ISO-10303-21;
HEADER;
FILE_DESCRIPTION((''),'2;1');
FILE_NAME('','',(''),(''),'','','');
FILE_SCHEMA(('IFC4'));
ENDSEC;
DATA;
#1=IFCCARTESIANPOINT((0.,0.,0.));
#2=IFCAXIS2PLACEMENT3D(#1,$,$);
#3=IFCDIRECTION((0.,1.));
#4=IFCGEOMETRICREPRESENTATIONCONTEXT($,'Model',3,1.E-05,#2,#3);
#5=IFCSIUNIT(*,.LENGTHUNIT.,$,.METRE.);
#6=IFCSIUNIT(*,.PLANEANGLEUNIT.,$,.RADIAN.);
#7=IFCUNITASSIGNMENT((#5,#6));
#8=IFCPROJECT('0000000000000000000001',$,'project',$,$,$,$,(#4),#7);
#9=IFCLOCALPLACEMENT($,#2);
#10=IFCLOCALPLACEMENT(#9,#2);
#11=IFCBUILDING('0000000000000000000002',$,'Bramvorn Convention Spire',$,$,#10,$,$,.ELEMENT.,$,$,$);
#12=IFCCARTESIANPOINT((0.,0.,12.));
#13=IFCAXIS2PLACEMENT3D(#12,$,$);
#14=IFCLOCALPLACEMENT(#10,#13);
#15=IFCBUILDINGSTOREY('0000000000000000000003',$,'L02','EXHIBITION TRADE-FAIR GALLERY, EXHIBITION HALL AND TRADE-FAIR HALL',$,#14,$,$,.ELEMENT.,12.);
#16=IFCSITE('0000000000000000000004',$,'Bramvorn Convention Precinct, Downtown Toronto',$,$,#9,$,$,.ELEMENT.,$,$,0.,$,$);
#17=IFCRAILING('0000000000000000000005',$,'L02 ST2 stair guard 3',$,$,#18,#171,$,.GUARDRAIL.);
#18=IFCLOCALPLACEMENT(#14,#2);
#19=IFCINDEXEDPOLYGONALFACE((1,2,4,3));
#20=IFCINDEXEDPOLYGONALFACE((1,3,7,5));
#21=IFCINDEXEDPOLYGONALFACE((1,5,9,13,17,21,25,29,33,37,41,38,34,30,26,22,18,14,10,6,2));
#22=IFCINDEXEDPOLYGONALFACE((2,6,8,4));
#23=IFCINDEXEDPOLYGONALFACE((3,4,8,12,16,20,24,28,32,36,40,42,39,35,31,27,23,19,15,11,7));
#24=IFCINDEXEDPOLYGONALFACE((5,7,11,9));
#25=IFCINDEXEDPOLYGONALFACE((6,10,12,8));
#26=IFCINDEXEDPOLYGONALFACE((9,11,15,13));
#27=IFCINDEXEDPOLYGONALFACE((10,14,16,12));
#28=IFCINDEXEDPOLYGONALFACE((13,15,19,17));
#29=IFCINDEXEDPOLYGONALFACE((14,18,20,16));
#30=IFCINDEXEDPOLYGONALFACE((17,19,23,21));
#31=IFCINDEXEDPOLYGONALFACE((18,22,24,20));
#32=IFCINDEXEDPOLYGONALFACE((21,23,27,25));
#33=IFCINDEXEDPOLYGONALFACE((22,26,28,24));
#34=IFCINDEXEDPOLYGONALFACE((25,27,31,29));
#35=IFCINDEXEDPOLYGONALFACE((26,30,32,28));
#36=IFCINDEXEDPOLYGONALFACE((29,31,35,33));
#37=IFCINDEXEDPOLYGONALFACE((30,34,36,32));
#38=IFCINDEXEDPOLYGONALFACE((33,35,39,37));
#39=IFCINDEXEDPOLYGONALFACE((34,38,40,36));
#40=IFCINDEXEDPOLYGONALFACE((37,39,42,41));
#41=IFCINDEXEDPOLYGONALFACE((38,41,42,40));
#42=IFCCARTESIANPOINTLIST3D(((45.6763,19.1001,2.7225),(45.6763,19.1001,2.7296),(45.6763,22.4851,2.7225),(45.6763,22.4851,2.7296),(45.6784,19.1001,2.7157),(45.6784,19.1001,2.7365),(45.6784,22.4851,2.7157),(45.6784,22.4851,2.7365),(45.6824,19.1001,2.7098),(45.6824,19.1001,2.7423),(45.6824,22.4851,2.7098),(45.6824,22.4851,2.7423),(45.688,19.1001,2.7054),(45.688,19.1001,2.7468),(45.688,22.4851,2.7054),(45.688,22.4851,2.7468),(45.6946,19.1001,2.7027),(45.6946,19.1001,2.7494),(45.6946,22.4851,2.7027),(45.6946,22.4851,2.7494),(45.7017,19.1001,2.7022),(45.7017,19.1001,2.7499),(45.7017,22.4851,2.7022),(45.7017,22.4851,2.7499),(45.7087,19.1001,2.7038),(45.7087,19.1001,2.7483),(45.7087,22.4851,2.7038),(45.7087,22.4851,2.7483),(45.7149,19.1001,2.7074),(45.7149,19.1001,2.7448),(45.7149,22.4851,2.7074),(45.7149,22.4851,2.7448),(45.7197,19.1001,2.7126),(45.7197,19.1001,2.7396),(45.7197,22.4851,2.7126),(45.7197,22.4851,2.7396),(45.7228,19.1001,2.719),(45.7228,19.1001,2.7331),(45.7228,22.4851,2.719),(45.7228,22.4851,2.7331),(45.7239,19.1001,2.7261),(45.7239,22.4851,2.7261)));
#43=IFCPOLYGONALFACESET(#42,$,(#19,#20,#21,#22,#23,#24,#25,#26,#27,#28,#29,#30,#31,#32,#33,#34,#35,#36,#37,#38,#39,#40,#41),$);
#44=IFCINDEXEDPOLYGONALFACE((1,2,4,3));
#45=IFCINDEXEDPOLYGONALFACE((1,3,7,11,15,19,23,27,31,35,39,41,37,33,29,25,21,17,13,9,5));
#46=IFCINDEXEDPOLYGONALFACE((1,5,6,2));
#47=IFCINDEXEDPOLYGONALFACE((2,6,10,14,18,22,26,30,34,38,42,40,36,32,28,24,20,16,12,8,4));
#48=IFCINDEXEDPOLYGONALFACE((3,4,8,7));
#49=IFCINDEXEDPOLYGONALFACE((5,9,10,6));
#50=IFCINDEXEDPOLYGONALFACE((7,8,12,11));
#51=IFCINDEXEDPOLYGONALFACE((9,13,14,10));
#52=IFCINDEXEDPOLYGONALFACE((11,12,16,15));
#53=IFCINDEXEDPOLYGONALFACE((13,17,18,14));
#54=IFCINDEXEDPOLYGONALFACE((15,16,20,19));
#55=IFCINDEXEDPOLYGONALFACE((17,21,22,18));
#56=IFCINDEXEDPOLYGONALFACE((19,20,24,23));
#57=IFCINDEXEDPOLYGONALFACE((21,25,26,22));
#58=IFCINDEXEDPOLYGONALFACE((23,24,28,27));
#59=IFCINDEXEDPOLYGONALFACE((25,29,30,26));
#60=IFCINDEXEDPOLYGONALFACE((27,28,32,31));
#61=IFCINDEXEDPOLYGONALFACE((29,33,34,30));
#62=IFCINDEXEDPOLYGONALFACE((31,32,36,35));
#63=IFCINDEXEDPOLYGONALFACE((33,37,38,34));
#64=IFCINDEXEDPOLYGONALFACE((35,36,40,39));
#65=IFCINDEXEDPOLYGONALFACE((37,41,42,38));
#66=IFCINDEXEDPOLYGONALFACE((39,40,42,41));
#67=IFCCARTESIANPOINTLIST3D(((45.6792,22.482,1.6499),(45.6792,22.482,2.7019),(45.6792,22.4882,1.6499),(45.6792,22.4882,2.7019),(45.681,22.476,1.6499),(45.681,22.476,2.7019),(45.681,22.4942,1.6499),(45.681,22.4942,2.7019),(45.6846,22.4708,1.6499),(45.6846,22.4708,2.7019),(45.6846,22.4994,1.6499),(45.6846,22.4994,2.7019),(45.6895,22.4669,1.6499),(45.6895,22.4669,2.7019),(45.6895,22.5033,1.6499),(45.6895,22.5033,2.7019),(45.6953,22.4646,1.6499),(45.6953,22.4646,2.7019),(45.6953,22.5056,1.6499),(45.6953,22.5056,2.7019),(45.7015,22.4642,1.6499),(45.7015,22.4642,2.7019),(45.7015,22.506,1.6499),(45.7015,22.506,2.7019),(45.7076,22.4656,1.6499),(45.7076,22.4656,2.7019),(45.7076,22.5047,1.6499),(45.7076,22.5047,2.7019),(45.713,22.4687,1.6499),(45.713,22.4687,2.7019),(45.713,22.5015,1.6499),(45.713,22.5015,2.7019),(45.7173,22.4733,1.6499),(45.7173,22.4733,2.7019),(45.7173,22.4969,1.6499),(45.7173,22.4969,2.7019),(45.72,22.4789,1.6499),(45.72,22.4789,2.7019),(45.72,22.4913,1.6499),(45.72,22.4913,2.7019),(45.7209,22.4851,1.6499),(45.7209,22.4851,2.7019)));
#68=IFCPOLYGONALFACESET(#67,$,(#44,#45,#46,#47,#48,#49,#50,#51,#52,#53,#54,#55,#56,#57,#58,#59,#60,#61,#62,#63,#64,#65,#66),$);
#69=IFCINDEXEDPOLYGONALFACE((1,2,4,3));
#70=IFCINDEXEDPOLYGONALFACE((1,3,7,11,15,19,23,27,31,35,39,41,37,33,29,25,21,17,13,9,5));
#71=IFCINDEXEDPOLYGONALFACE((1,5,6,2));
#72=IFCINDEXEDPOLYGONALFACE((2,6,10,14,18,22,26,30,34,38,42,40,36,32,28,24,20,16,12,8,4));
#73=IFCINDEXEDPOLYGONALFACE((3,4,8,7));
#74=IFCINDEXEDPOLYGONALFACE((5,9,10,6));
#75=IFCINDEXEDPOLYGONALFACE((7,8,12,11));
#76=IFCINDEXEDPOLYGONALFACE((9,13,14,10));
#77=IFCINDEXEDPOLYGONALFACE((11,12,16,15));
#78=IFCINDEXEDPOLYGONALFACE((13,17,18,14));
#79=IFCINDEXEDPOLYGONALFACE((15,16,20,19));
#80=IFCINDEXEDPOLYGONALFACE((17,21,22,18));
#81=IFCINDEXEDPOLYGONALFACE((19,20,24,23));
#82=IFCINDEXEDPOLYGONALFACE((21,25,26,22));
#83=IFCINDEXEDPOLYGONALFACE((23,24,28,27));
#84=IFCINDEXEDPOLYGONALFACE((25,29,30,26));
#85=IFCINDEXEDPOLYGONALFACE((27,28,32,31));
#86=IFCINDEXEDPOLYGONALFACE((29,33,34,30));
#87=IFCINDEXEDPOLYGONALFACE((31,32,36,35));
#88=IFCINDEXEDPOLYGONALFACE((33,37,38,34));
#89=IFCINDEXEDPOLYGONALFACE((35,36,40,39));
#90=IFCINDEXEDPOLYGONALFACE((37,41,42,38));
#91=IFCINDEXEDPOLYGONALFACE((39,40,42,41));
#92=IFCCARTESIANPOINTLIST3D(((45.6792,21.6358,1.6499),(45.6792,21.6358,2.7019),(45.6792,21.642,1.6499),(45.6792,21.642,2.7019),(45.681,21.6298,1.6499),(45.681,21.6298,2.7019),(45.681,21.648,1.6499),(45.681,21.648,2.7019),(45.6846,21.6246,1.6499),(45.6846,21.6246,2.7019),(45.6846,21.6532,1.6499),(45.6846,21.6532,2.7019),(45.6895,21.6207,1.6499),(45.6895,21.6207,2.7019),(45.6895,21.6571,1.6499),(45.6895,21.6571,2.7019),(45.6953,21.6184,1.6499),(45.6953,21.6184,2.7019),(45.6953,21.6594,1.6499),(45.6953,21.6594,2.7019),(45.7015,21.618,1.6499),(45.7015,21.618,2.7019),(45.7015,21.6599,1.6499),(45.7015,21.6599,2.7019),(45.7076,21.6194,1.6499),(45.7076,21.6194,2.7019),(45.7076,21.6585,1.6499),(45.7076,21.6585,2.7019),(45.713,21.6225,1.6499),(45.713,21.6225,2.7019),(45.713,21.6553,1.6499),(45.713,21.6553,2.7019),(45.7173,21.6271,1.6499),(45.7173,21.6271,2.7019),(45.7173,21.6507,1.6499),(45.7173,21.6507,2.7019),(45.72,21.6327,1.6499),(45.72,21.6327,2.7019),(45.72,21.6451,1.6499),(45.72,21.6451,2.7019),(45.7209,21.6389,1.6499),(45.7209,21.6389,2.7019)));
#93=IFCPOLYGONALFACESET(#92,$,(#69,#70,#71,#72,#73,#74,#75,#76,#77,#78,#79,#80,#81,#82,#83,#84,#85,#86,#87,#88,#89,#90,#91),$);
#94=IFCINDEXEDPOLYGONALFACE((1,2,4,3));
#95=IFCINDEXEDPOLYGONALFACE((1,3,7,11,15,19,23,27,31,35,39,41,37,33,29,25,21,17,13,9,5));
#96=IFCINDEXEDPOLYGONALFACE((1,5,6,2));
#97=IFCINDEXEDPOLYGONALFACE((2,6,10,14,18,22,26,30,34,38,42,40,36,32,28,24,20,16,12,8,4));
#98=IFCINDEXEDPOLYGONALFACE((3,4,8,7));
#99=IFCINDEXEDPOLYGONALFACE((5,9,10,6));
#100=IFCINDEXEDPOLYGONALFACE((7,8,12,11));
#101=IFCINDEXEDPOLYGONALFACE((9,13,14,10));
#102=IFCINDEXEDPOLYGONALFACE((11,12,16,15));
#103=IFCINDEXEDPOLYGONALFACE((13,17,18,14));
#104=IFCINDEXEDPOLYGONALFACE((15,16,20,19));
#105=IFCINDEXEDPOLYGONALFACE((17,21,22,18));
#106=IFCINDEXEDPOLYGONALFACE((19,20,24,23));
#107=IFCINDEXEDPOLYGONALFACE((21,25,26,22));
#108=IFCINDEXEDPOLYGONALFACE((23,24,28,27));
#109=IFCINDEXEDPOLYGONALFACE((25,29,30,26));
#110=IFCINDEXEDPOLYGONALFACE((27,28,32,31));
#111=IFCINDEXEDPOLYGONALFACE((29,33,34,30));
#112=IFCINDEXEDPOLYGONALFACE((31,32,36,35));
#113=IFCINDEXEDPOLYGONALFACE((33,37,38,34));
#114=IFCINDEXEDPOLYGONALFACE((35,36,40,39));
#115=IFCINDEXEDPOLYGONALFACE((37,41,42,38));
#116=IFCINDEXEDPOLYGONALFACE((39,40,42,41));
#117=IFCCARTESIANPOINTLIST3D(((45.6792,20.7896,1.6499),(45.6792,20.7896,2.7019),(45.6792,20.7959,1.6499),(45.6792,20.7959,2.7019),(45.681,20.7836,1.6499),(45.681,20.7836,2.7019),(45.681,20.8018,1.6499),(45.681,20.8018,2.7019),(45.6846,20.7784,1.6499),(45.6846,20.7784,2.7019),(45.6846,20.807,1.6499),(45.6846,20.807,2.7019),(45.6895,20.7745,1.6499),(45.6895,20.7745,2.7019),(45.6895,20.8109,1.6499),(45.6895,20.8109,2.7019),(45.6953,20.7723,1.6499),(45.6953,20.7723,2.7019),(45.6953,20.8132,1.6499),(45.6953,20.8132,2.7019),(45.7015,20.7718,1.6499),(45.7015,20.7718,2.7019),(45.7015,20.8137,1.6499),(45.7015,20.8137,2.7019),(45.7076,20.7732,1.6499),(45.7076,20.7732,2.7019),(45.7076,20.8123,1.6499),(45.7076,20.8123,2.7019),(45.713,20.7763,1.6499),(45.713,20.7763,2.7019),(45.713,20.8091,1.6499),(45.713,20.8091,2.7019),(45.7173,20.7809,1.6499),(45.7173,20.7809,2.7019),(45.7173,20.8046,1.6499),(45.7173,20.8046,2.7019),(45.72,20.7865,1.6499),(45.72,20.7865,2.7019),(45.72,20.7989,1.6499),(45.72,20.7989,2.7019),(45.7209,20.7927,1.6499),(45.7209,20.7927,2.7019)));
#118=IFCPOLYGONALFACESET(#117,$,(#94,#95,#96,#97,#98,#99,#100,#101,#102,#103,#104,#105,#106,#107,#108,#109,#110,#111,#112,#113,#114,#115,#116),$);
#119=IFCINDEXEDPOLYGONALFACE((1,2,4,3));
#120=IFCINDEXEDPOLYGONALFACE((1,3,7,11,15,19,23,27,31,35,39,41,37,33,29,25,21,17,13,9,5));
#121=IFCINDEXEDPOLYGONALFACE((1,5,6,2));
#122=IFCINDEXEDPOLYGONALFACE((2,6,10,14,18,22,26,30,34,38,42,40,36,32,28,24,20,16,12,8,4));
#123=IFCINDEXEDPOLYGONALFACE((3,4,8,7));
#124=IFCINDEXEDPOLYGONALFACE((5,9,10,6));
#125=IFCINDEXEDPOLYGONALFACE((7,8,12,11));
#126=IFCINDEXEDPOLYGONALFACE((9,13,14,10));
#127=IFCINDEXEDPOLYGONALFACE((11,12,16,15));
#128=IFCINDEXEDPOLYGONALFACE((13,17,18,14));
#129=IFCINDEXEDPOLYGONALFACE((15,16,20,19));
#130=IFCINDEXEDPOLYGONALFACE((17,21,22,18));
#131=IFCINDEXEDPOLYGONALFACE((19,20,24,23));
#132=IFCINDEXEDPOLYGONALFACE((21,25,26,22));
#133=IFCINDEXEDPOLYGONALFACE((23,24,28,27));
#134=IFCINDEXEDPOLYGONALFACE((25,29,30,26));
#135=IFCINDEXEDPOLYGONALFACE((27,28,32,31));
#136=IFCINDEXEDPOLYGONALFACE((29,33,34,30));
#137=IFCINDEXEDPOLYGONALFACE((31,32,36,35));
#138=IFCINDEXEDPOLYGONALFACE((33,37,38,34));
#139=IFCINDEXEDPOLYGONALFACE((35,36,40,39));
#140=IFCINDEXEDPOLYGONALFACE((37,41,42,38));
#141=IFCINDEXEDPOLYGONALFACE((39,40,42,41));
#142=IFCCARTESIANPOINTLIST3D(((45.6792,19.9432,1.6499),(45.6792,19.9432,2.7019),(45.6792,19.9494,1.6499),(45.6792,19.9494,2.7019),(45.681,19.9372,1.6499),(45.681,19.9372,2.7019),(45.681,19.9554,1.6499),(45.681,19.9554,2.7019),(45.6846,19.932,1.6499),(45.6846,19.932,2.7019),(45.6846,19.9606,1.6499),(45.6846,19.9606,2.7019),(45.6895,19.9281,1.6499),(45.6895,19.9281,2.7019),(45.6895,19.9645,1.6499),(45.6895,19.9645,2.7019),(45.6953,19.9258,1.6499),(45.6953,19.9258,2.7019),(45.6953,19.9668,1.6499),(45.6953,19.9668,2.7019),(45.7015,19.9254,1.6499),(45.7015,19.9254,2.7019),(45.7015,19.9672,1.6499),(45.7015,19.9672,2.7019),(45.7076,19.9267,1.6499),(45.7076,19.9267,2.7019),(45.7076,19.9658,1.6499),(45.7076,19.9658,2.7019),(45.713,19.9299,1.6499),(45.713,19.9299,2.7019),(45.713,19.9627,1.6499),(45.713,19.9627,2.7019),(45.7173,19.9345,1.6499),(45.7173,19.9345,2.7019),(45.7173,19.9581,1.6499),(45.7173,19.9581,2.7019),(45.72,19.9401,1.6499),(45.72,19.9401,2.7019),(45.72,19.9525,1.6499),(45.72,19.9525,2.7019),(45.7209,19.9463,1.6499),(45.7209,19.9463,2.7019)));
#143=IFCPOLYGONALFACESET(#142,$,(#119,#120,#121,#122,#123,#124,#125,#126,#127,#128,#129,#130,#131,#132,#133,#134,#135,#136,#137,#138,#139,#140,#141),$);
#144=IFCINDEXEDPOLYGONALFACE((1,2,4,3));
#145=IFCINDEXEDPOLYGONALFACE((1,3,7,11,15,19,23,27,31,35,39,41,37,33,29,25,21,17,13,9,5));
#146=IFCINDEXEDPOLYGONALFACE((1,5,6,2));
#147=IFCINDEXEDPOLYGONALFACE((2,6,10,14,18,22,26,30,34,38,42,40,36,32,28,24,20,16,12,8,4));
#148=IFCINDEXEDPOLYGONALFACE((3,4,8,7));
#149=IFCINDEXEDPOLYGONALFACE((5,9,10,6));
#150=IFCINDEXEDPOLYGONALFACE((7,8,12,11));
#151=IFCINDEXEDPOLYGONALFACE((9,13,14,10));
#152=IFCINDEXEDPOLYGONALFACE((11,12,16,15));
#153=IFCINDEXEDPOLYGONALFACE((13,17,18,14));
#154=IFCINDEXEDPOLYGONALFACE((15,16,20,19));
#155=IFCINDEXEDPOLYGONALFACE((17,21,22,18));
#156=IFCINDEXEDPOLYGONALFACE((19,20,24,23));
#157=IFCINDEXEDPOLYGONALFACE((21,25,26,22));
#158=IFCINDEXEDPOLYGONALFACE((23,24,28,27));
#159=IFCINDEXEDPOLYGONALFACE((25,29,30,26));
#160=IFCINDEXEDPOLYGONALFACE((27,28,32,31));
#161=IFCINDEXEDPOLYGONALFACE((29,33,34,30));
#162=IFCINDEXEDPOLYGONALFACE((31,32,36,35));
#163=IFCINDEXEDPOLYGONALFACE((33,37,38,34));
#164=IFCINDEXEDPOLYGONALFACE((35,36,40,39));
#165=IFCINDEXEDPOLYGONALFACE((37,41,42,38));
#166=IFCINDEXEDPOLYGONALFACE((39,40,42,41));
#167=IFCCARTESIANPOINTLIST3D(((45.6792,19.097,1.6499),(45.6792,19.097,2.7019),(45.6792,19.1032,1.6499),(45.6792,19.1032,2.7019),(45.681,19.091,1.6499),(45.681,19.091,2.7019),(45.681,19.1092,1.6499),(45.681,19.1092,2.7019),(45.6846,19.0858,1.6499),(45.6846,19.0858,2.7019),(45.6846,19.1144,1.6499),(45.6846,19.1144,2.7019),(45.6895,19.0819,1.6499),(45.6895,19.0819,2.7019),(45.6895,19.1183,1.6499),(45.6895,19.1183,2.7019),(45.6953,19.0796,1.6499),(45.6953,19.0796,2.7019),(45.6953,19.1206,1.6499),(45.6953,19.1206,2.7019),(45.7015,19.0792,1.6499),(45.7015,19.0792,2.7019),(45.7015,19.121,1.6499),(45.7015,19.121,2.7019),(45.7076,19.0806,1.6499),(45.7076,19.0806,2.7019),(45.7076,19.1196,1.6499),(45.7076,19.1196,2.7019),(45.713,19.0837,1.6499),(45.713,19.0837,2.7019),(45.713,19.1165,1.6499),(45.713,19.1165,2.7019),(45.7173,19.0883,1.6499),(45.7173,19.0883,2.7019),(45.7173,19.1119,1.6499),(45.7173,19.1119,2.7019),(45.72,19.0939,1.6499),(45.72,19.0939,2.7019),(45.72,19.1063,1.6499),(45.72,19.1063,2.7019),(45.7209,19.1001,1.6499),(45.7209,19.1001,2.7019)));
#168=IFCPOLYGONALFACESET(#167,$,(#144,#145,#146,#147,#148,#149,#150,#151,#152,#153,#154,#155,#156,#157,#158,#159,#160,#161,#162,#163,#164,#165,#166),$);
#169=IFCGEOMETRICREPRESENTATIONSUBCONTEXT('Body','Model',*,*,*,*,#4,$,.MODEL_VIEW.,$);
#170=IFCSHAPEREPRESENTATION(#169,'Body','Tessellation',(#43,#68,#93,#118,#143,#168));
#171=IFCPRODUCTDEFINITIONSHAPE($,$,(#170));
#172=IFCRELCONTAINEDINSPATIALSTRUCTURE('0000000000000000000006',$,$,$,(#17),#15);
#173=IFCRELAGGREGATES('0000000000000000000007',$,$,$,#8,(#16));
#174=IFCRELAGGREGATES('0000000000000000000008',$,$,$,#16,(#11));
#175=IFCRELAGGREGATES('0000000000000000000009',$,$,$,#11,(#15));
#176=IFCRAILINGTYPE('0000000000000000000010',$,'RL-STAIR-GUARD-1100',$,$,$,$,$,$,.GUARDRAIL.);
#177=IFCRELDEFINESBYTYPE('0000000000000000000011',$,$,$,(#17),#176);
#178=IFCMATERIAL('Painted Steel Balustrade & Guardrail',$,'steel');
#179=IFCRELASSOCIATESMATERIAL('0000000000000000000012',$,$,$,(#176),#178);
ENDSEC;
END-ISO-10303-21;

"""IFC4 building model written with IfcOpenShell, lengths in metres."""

from ifc_helpers import new_model, si_unit, direction, frame, origin, origin_2d, place, context, subcontext, project, spatial, circle, extrude, material, type_object, element, save


model = new_model("IFC4")

# Units and contexts
model_context = context("Model", 3, precision=1e-05, world=origin(), true_north=direction((0.0, 1.0)))
body_context = subcontext(model_context, "Body", "Model", "MODEL_VIEW")
ifc_project = project(units=[si_unit("LENGTHUNIT", "METRE"), si_unit("PLANEANGLEUNIT", "RADIAN")], contexts=[model_context])

# Site, building, storey
site_placement = place(None, origin())
site = spatial("IfcSite", under=ifc_project, at=site_placement, Name="Bramvorn Convention Precinct, Downtown Toronto", CompositionType="ELEMENT", RefElevation=0.0)
building_placement = place(site_placement, origin())
building = spatial("IfcBuilding", under=site, at=building_placement, Name="Bramvorn Convention Spire", CompositionType="ELEMENT")
storey_placement = place(building_placement, frame((0.0, 0.0, 12.0)))
storey = spatial("IfcBuildingStorey", under=building, at=storey_placement, Name="L02", Description="EXHIBITION TRADE-FAIR GALLERY, EXHIBITION HALL AND TRADE-FAIR HALL", CompositionType="ELEMENT", Elevation=12.0)

# Railing
ifc_material_1 = material(Name="Painted Steel Balustrade & Guardrail", Category="steel")
railing_type_1 = type_object("IfcRailingType", Name="RL-STAIR-GUARD-1100", PredefinedType="GUARDRAIL", material=ifc_material_1)
for number, where, name in (
    (1, (45.7, 22.4851, 1.6499), "L02 ST2 stair guard 3"),
):
    element("IfcRailing", number, at=place(storey_placement, frame(where)), inside=storey, type_object=railing_type_1, Name=name, PredefinedType="GUARDRAIL", context=body_context, shape_type="SweptSolid", body=[
        extrude(circle(Radius=0.0239, at=origin_2d()), frame((0.0, 0.0, 1.0762), z_axis=(0.0, -1.0, 0.0), x_axis=(1.0, 0.0, 0.0)), (0.0, 0.0, 1.0), 3.385),
        extrude(circle(Radius=0.021, at=origin_2d()), origin(), (0.0, 0.0, 1.0), 1.052),
        extrude(circle(Radius=0.021, at=origin_2d()), frame((0.0, -0.8462, 0.0)), (0.0, 0.0, 1.0), 1.052),
        extrude(circle(Radius=0.021, at=origin_2d()), frame((0.0, -1.6924, 0.0)), (0.0, 0.0, 1.0), 1.052),
        extrude(circle(Radius=0.021, at=origin_2d()), frame((0.0, -2.5388, 0.0)), (0.0, 0.0, 1.0), 1.052),
        extrude(circle(Radius=0.021, at=origin_2d()), frame((0.0, -3.385, 0.0)), (0.0, 0.0, 1.0), 1.052),
    ])

save(model, "model.ifc")
